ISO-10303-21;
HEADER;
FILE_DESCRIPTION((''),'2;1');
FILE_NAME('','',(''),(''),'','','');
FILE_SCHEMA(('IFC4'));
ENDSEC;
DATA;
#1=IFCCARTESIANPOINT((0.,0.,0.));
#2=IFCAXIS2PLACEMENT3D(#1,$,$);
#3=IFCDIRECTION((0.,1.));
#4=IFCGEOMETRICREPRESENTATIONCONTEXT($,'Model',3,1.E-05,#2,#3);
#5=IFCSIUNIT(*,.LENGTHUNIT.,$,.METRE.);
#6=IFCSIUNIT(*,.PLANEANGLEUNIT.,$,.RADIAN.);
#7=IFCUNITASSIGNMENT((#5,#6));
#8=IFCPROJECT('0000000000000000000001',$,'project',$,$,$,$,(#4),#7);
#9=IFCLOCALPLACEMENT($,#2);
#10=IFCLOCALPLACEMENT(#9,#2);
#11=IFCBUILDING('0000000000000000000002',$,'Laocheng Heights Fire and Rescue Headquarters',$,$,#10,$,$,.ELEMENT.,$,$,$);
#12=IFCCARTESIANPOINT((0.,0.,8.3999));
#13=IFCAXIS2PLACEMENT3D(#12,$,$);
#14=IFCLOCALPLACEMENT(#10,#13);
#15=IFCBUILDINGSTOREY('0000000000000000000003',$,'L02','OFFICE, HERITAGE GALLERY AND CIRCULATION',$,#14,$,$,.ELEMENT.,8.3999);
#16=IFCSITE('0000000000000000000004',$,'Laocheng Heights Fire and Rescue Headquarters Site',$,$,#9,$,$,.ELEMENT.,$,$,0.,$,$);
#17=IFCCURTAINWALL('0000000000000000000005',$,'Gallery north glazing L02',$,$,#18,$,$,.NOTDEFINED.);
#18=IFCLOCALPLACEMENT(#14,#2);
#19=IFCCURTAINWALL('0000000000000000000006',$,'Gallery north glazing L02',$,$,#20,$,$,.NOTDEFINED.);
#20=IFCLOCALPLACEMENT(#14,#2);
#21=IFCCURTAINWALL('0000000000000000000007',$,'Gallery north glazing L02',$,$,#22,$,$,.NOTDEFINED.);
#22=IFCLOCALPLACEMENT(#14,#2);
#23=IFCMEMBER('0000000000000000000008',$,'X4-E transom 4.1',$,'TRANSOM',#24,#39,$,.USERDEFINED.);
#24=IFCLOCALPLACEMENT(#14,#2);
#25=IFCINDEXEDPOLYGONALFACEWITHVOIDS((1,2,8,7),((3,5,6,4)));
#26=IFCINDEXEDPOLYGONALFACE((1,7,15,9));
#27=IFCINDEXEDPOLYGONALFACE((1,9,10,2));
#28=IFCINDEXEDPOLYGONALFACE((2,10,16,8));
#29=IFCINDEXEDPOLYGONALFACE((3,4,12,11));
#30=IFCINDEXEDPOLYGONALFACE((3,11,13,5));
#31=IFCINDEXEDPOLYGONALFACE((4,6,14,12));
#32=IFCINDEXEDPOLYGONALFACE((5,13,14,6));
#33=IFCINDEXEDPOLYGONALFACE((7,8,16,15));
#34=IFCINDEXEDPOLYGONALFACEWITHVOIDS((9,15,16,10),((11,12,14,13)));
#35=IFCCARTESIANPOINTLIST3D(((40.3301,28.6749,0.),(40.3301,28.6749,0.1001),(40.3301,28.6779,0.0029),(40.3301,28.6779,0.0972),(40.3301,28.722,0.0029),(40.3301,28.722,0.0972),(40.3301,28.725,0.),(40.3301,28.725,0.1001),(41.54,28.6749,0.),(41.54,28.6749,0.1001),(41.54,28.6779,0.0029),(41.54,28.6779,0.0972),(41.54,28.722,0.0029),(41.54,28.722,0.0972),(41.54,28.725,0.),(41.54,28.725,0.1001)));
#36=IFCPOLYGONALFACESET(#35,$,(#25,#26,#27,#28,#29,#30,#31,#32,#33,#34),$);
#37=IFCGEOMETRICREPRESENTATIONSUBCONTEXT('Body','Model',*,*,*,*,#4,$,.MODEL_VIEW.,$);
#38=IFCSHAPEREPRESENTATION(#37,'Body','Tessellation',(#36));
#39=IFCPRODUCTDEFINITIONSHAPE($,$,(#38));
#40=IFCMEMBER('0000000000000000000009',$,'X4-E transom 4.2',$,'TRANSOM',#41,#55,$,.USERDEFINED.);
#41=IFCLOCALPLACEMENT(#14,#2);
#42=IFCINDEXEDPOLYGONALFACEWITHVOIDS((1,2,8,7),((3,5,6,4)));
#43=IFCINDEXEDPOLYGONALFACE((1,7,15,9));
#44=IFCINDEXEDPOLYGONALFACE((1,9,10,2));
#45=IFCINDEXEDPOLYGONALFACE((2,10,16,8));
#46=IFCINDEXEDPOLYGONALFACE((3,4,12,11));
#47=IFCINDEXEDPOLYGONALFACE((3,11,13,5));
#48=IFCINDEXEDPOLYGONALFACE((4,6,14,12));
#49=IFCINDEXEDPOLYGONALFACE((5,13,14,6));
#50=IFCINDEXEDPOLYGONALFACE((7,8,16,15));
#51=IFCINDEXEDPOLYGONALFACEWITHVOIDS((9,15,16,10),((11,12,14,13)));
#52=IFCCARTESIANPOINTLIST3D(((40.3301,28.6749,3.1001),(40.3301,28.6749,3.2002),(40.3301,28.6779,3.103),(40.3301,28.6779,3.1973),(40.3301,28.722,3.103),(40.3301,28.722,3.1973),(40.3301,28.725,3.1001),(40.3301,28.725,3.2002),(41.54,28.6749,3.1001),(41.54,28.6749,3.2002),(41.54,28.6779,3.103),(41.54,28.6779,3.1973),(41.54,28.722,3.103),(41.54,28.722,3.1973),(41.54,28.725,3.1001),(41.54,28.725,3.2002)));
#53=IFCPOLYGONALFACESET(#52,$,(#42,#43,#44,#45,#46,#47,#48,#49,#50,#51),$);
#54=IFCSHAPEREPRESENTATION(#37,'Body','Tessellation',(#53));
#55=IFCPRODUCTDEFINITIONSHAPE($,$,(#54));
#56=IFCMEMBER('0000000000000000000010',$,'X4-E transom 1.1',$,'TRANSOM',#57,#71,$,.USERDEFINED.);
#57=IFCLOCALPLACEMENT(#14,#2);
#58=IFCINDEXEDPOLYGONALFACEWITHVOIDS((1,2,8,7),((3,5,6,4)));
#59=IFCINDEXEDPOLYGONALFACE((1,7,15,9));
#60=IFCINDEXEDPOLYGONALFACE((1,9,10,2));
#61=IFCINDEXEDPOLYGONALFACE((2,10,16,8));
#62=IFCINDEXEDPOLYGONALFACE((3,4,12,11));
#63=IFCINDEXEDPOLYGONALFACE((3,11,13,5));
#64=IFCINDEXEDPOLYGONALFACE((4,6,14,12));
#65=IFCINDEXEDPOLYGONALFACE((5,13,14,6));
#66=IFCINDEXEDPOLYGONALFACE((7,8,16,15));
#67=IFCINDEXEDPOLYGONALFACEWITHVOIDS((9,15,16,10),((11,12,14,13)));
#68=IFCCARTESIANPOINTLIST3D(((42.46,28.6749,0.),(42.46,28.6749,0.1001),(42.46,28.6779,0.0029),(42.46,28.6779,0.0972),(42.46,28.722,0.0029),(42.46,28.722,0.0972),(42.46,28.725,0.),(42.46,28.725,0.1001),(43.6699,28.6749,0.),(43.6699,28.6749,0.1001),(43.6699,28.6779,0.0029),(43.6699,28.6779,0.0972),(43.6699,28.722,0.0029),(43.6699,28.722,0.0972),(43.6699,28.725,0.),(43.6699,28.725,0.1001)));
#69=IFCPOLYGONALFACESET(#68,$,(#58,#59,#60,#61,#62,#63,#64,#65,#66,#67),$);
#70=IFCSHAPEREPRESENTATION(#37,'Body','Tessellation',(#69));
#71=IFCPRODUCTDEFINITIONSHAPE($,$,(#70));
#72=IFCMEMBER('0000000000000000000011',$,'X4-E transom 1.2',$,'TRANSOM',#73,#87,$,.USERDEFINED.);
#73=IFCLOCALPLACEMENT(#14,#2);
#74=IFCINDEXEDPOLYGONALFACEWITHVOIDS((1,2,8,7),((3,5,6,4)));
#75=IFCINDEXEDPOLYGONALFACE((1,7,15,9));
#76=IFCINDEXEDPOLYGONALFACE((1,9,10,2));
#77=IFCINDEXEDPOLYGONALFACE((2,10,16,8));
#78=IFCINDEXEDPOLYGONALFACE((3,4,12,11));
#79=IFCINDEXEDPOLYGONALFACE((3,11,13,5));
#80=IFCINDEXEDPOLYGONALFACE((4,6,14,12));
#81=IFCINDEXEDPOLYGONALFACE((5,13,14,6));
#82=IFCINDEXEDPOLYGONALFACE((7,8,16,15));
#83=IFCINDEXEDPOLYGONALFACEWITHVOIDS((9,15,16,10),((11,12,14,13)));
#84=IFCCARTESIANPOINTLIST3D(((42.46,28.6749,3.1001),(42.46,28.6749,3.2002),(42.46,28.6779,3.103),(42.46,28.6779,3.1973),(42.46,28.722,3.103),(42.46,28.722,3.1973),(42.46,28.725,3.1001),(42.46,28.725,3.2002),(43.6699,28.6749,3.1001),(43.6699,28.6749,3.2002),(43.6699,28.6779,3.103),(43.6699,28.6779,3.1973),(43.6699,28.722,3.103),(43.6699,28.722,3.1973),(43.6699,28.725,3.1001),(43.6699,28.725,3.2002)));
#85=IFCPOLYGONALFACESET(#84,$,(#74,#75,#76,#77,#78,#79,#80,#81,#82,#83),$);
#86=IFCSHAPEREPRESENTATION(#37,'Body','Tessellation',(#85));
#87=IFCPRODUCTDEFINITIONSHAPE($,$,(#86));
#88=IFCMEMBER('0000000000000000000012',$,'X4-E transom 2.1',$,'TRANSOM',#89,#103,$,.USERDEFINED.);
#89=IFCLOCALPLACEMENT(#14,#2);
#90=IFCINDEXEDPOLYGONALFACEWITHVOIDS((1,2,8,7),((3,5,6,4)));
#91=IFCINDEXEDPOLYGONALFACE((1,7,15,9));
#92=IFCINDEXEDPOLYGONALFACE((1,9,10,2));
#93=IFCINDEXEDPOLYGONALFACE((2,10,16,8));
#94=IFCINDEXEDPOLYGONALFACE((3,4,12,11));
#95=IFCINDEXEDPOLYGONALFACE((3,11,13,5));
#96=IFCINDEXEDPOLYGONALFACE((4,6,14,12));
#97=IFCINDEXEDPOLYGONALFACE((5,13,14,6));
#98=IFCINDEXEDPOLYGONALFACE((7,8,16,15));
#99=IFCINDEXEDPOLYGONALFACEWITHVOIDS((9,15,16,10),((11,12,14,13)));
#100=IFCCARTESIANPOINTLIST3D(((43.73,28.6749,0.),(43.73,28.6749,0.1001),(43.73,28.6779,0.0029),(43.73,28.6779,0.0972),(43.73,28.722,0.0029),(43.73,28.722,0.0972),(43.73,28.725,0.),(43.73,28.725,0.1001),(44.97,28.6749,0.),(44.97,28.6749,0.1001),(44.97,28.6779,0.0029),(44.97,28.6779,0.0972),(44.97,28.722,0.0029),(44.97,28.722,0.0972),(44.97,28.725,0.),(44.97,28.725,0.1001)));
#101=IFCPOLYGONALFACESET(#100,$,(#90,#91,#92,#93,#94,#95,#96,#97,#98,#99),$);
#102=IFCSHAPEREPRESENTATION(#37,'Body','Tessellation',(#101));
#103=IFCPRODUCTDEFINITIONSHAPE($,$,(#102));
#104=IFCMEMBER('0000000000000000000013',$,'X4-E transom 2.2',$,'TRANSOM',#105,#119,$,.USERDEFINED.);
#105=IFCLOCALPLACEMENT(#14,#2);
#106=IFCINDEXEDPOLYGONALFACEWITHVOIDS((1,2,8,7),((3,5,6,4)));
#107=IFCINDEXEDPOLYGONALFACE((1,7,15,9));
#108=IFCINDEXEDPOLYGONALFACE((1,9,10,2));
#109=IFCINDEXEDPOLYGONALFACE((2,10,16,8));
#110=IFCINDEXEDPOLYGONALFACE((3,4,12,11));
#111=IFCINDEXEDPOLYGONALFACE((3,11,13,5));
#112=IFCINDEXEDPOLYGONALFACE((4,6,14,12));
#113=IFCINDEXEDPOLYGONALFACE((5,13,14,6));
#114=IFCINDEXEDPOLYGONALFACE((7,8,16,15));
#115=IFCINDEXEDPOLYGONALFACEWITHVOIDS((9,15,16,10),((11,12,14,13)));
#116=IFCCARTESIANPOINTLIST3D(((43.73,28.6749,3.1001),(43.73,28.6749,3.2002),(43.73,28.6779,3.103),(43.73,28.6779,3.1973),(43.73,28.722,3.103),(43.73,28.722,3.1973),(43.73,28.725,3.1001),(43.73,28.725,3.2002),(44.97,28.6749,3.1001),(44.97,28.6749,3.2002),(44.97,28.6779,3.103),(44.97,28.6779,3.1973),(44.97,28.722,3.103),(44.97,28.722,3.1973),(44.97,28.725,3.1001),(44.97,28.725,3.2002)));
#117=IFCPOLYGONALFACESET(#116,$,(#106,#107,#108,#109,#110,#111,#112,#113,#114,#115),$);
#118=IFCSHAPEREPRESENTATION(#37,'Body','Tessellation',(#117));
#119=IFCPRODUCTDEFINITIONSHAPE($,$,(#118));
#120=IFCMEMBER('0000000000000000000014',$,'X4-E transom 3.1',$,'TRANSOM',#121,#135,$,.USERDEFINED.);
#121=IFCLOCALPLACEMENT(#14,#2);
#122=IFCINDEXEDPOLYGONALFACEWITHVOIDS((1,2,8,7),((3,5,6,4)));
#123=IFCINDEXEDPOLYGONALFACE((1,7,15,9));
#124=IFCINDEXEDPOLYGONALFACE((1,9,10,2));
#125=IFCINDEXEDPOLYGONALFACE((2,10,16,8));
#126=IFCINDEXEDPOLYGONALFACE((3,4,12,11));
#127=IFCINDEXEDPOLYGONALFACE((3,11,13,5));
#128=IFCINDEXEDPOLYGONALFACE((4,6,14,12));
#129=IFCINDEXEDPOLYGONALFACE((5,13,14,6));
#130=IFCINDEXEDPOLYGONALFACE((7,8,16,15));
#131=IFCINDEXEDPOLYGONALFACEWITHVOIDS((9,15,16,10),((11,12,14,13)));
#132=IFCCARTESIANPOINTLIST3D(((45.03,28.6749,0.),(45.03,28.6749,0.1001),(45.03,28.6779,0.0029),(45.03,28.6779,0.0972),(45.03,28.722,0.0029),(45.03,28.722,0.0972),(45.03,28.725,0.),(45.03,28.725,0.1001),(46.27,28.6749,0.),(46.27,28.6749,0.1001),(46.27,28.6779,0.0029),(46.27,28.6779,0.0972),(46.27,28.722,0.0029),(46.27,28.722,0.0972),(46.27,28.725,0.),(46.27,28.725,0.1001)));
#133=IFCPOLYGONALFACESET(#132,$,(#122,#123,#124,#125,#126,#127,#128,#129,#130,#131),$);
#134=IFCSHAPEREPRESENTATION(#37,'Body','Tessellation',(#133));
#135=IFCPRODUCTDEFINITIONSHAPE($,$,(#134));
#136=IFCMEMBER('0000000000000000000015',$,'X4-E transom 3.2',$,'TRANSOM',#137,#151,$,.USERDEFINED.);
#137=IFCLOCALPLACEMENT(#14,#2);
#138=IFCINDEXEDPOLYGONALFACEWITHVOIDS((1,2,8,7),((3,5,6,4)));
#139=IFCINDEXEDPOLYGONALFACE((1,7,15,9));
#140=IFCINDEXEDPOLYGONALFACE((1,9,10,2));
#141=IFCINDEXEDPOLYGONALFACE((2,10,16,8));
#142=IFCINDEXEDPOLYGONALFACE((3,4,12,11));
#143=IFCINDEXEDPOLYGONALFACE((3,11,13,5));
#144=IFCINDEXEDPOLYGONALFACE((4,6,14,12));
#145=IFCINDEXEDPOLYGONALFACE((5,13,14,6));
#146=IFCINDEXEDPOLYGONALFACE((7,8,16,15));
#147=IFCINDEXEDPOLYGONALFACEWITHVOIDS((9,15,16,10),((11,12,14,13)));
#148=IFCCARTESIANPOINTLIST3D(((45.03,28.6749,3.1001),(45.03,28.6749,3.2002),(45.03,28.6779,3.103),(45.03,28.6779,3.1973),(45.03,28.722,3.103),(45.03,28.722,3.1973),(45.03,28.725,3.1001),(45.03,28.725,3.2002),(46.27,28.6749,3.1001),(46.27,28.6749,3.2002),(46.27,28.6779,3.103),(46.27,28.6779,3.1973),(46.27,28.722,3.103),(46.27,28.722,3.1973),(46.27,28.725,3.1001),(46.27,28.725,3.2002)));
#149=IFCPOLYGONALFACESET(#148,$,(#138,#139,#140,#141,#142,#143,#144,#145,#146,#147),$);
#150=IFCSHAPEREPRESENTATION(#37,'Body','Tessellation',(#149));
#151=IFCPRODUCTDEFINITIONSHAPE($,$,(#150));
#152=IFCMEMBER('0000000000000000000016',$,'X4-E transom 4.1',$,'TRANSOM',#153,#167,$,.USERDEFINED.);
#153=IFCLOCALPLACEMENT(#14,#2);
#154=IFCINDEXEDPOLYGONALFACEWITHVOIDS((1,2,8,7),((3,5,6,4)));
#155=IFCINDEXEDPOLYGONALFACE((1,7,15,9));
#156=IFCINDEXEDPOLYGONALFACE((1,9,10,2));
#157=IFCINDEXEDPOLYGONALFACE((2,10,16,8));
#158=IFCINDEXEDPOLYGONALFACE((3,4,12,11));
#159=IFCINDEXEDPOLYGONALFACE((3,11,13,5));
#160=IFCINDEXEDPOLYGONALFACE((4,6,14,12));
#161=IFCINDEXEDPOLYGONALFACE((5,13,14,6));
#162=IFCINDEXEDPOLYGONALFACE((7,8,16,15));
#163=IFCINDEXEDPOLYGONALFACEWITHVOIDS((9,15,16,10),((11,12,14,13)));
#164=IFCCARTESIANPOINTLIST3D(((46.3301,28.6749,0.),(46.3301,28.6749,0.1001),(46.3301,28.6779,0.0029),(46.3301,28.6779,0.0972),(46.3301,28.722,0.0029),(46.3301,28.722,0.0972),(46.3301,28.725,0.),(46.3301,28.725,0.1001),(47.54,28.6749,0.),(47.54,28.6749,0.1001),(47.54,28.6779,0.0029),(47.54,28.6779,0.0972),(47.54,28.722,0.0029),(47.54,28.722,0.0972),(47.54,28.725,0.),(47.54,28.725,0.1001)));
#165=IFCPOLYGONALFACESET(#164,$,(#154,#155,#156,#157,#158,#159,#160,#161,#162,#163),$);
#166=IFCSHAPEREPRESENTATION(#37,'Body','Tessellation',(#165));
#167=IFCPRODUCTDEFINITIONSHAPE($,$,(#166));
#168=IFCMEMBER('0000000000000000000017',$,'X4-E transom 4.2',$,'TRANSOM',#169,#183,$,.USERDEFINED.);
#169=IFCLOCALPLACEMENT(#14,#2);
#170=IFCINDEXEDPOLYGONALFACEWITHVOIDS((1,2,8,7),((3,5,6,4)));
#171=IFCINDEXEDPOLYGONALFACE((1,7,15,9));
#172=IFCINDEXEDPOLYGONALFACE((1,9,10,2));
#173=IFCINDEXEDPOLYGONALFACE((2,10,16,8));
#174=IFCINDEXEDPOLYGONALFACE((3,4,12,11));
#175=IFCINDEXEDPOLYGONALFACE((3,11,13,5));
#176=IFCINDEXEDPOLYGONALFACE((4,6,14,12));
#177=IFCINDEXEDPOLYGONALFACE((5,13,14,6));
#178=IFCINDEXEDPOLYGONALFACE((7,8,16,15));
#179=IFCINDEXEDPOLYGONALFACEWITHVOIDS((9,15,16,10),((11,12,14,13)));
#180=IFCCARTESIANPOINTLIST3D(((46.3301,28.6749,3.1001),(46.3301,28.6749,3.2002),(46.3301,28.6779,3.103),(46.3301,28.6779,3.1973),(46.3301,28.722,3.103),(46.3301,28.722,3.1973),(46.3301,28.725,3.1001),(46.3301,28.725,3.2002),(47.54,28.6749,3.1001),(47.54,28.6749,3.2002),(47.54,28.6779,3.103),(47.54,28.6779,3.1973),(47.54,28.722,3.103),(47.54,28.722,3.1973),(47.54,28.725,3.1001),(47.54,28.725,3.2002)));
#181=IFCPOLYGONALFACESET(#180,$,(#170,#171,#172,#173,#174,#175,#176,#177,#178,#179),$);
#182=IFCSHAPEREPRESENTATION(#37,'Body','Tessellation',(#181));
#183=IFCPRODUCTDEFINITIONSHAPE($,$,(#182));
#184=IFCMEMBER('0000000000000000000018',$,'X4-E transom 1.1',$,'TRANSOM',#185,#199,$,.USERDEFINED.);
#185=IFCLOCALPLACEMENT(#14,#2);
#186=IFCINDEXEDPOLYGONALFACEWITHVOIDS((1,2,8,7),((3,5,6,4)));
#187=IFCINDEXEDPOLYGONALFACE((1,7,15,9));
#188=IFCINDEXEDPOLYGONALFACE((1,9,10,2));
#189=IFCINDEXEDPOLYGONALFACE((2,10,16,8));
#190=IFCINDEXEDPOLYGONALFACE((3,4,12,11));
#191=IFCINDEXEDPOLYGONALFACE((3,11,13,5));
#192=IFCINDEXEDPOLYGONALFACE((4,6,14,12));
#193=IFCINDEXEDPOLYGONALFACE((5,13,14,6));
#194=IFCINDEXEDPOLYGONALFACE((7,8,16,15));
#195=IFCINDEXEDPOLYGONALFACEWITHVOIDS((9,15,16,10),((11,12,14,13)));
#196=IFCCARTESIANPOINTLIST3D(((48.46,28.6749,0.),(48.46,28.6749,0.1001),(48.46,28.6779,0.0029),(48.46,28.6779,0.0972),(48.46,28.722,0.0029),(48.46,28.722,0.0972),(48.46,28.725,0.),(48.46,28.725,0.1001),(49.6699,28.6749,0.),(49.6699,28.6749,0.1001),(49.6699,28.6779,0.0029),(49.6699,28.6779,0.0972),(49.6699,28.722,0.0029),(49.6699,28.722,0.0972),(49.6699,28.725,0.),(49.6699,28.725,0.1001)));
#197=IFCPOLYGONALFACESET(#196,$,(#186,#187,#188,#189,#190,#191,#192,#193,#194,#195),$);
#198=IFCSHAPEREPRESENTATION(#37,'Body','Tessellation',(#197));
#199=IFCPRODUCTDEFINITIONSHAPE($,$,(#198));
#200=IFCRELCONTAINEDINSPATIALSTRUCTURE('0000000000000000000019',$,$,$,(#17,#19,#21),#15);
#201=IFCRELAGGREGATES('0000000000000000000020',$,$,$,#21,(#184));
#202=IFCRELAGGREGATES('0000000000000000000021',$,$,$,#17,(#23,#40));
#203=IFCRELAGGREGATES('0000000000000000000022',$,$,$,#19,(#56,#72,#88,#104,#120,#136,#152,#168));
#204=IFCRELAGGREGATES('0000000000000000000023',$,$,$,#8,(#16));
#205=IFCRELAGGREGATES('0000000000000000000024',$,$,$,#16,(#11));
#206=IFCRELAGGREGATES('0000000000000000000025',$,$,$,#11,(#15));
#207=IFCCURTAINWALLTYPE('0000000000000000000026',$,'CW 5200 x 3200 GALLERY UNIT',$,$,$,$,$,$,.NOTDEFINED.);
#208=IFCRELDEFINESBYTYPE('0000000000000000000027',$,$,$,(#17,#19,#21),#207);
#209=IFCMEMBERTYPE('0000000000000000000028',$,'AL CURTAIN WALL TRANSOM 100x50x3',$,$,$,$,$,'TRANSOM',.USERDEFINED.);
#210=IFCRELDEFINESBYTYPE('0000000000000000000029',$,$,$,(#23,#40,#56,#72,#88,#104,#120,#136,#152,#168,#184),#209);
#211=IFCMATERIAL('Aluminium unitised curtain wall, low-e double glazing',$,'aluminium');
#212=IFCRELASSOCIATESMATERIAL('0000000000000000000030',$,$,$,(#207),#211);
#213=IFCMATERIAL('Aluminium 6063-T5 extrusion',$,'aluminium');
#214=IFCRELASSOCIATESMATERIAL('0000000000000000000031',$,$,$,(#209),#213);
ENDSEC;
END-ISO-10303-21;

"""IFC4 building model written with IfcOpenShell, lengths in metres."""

from ifc_helpers import new_model, si_unit, direction, frame, origin, origin_2d, place, context, subcontext, project, spatial, hollow_rectangle, extrude, material, material_profile, profile_set, type_object, element, aggregate, save


model = new_model("IFC4")

# Units and contexts
model_context = context("Model", 3, precision=1e-05, world=origin(), true_north=direction((0.0, 1.0)))
body_context = subcontext(model_context, "Body", "Model", "MODEL_VIEW")
ifc_project = project(units=[si_unit("LENGTHUNIT", "METRE"), si_unit("PLANEANGLEUNIT", "RADIAN")], contexts=[model_context])

# Site, building, storey
site_placement = place(None, origin())
site = spatial("IfcSite", under=ifc_project, at=site_placement, Name="Laocheng Heights Fire and Rescue Headquarters Site", CompositionType="ELEMENT", RefElevation=0.0)
building_placement = place(site_placement, origin())
building = spatial("IfcBuilding", under=site, at=building_placement, Name="Laocheng Heights Fire and Rescue Headquarters", CompositionType="ELEMENT")
storey_placement = place(building_placement, frame((0.0, 0.0, 8.3999)))
storey = spatial("IfcBuildingStorey", under=building, at=storey_placement, Name="L02", Description="OFFICE, HERITAGE GALLERY AND CIRCULATION", CompositionType="ELEMENT", Elevation=8.3999)

# Curtain walls
ifc_material_1 = material(Name="Aluminium unitised curtain wall, low-e double glazing", Category="aluminium")
curtain_wall_type = type_object("IfcCurtainWallType", Name="CW 5200 x 3200 GALLERY UNIT", PredefinedType="NOTDEFINED", material=ifc_material_1)
curtain_wall_1_placement = place(storey_placement, origin())
curtain_wall_1 = element("IfcCurtainWall", 1, at=curtain_wall_1_placement, inside=storey, type_object=curtain_wall_type, Name="Gallery north glazing L02", PredefinedType="NOTDEFINED")
curtain_wall_2_placement = place(storey_placement, origin())
curtain_wall_2 = element("IfcCurtainWall", 2, at=curtain_wall_2_placement, inside=storey, type_object=curtain_wall_type, Name="Gallery north glazing L02", PredefinedType="NOTDEFINED")

# Curtain wall
curtain_wall_3_placement = place(storey_placement, origin())
curtain_wall_3 = element("IfcCurtainWall", 3, at=curtain_wall_3_placement, inside=storey, type_object=curtain_wall_type, Name="Gallery north glazing L02", PredefinedType="NOTDEFINED")

# Members
ifc_material_2 = material(Name="Aluminium 6063-T5 extrusion", Category="aluminium")
ifc_material_profile_1 = material_profile(ifc_material_2, hollow_rectangle(XDim=0.05, YDim=0.1001, WallThickness=0.0029, at=origin_2d()), Name="AL TRANSOM 100x50x3")
ifc_profile_set_1 = profile_set([ifc_material_profile_1], Name="Aluminium 6063-T5 extrusion")
member_type_1 = type_object("IfcMemberType", Name="AL CURTAIN WALL TRANSOM 100x50x3", ElementType="TRANSOM", PredefinedType="USERDEFINED", material=ifc_profile_set_1)
member_1_placement = place(storey_placement, frame((40.3301, 28.7, 0.05), z_axis=(1.0, 0.0, 0.0), x_axis=(0.0, 1.0, 0.0)))
member_1 = element("IfcMember", 4, at=member_1_placement, type_object=member_type_1, Name="X4-E transom 4.1", ObjectType="TRANSOM", PredefinedType="USERDEFINED", context=body_context, shape_type="SweptSolid", body=[
    extrude(hollow_rectangle(XDim=0.05, YDim=0.1001, WallThickness=0.0029, at=origin_2d()), origin(), (0.0, 0.0, 1.0), 1.21),
])
member_2_placement = place(storey_placement, frame((40.3301, 28.7, 3.1501), z_axis=(1.0, 0.0, 0.0), x_axis=(0.0, 1.0, 0.0)))
member_2 = element("IfcMember", 5, at=member_2_placement, type_object=member_type_1, Name="X4-E transom 4.2", ObjectType="TRANSOM", PredefinedType="USERDEFINED", context=body_context, shape_type="SweptSolid", body=[
    extrude(hollow_rectangle(XDim=0.05, YDim=0.1001, WallThickness=0.0029, at=origin_2d()), origin(), (0.0, 0.0, 1.0), 1.21),
])
member_3_placement = place(storey_placement, frame((42.46, 28.7, 0.05), z_axis=(1.0, 0.0, 0.0), x_axis=(0.0, 1.0, 0.0)))
member_3 = element("IfcMember", 6, at=member_3_placement, type_object=member_type_1, Name="X4-E transom 1.1", ObjectType="TRANSOM", PredefinedType="USERDEFINED", context=body_context, shape_type="SweptSolid", body=[
    extrude(hollow_rectangle(XDim=0.05, YDim=0.1001, WallThickness=0.0029, at=origin_2d()), origin(), (0.0, 0.0, 1.0), 1.21),
])
member_4_placement = place(storey_placement, frame((42.46, 28.7, 3.1501), z_axis=(1.0, 0.0, 0.0), x_axis=(0.0, 1.0, 0.0)))
member_4 = element("IfcMember", 7, at=member_4_placement, type_object=member_type_1, Name="X4-E transom 1.2", ObjectType="TRANSOM", PredefinedType="USERDEFINED", context=body_context, shape_type="SweptSolid", body=[
    extrude(hollow_rectangle(XDim=0.05, YDim=0.1001, WallThickness=0.0029, at=origin_2d()), origin(), (0.0, 0.0, 1.0), 1.21),
])
member_5_placement = place(storey_placement, frame((43.73, 28.7, 0.05), z_axis=(1.0, 0.0, 0.0), x_axis=(0.0, 1.0, 0.0)))
member_5 = element("IfcMember", 8, at=member_5_placement, type_object=member_type_1, Name="X4-E transom 2.1", ObjectType="TRANSOM", PredefinedType="USERDEFINED", context=body_context, shape_type="SweptSolid", body=[
    extrude(hollow_rectangle(XDim=0.05, YDim=0.1001, WallThickness=0.0029, at=origin_2d()), origin(), (0.0, 0.0, 1.0), 1.24),
])
member_6_placement = place(storey_placement, frame((43.73, 28.7, 3.1501), z_axis=(1.0, 0.0, 0.0), x_axis=(0.0, 1.0, 0.0)))
member_6 = element("IfcMember", 9, at=member_6_placement, type_object=member_type_1, Name="X4-E transom 2.2", ObjectType="TRANSOM", PredefinedType="USERDEFINED", context=body_context, shape_type="SweptSolid", body=[
    extrude(hollow_rectangle(XDim=0.05, YDim=0.1001, WallThickness=0.0029, at=origin_2d()), origin(), (0.0, 0.0, 1.0), 1.24),
])
member_7_placement = place(storey_placement, frame((45.03, 28.7, 0.05), z_axis=(1.0, 0.0, 0.0), x_axis=(0.0, 1.0, 0.0)))
member_7 = element("IfcMember", 10, at=member_7_placement, type_object=member_type_1, Name="X4-E transom 3.1", ObjectType="TRANSOM", PredefinedType="USERDEFINED", context=body_context, shape_type="SweptSolid", body=[
    extrude(hollow_rectangle(XDim=0.05, YDim=0.1001, WallThickness=0.0029, at=origin_2d()), origin(), (0.0, 0.0, 1.0), 1.24),
])
member_8_placement = place(storey_placement, frame((45.03, 28.7, 3.1501), z_axis=(1.0, 0.0, 0.0), x_axis=(0.0, 1.0, 0.0)))
member_8 = element("IfcMember", 11, at=member_8_placement, type_object=member_type_1, Name="X4-E transom 3.2", ObjectType="TRANSOM", PredefinedType="USERDEFINED", context=body_context, shape_type="SweptSolid", body=[
    extrude(hollow_rectangle(XDim=0.05, YDim=0.1001, WallThickness=0.0029, at=origin_2d()), origin(), (0.0, 0.0, 1.0), 1.24),
])
member_9_placement = place(storey_placement, frame((46.3301, 28.7, 0.05), z_axis=(1.0, 0.0, 0.0), x_axis=(0.0, 1.0, 0.0)))
member_9 = element("IfcMember", 12, at=member_9_placement, type_object=member_type_1, Name="X4-E transom 4.1", ObjectType="TRANSOM", PredefinedType="USERDEFINED", context=body_context, shape_type="SweptSolid", body=[
    extrude(hollow_rectangle(XDim=0.05, YDim=0.1001, WallThickness=0.0029, at=origin_2d()), origin(), (0.0, 0.0, 1.0), 1.21),
])
member_10_placement = place(storey_placement, frame((46.3301, 28.7, 3.1501), z_axis=(1.0, 0.0, 0.0), x_axis=(0.0, 1.0, 0.0)))
member_10 = element("IfcMember", 13, at=member_10_placement, type_object=member_type_1, Name="X4-E transom 4.2", ObjectType="TRANSOM", PredefinedType="USERDEFINED", context=body_context, shape_type="SweptSolid", body=[
    extrude(hollow_rectangle(XDim=0.05, YDim=0.1001, WallThickness=0.0029, at=origin_2d()), origin(), (0.0, 0.0, 1.0), 1.21),
])
member_11_placement = place(storey_placement, frame((48.46, 28.7, 0.05), z_axis=(1.0, 0.0, 0.0), x_axis=(0.0, 1.0, 0.0)))
member_11 = element("IfcMember", 14, at=member_11_placement, type_object=member_type_1, Name="X4-E transom 1.1", ObjectType="TRANSOM", PredefinedType="USERDEFINED", context=body_context, shape_type="SweptSolid", body=[
    extrude(hollow_rectangle(XDim=0.05, YDim=0.1001, WallThickness=0.0029, at=origin_2d()), origin(), (0.0, 0.0, 1.0), 1.21),
])
aggregate(curtain_wall_3, [member_11])

aggregate(curtain_wall_1, [member_1, member_2])
aggregate(curtain_wall_2, [member_3, member_4, member_5, member_6, member_7, member_8, member_9, member_10])

save(model, "model.ifc")
